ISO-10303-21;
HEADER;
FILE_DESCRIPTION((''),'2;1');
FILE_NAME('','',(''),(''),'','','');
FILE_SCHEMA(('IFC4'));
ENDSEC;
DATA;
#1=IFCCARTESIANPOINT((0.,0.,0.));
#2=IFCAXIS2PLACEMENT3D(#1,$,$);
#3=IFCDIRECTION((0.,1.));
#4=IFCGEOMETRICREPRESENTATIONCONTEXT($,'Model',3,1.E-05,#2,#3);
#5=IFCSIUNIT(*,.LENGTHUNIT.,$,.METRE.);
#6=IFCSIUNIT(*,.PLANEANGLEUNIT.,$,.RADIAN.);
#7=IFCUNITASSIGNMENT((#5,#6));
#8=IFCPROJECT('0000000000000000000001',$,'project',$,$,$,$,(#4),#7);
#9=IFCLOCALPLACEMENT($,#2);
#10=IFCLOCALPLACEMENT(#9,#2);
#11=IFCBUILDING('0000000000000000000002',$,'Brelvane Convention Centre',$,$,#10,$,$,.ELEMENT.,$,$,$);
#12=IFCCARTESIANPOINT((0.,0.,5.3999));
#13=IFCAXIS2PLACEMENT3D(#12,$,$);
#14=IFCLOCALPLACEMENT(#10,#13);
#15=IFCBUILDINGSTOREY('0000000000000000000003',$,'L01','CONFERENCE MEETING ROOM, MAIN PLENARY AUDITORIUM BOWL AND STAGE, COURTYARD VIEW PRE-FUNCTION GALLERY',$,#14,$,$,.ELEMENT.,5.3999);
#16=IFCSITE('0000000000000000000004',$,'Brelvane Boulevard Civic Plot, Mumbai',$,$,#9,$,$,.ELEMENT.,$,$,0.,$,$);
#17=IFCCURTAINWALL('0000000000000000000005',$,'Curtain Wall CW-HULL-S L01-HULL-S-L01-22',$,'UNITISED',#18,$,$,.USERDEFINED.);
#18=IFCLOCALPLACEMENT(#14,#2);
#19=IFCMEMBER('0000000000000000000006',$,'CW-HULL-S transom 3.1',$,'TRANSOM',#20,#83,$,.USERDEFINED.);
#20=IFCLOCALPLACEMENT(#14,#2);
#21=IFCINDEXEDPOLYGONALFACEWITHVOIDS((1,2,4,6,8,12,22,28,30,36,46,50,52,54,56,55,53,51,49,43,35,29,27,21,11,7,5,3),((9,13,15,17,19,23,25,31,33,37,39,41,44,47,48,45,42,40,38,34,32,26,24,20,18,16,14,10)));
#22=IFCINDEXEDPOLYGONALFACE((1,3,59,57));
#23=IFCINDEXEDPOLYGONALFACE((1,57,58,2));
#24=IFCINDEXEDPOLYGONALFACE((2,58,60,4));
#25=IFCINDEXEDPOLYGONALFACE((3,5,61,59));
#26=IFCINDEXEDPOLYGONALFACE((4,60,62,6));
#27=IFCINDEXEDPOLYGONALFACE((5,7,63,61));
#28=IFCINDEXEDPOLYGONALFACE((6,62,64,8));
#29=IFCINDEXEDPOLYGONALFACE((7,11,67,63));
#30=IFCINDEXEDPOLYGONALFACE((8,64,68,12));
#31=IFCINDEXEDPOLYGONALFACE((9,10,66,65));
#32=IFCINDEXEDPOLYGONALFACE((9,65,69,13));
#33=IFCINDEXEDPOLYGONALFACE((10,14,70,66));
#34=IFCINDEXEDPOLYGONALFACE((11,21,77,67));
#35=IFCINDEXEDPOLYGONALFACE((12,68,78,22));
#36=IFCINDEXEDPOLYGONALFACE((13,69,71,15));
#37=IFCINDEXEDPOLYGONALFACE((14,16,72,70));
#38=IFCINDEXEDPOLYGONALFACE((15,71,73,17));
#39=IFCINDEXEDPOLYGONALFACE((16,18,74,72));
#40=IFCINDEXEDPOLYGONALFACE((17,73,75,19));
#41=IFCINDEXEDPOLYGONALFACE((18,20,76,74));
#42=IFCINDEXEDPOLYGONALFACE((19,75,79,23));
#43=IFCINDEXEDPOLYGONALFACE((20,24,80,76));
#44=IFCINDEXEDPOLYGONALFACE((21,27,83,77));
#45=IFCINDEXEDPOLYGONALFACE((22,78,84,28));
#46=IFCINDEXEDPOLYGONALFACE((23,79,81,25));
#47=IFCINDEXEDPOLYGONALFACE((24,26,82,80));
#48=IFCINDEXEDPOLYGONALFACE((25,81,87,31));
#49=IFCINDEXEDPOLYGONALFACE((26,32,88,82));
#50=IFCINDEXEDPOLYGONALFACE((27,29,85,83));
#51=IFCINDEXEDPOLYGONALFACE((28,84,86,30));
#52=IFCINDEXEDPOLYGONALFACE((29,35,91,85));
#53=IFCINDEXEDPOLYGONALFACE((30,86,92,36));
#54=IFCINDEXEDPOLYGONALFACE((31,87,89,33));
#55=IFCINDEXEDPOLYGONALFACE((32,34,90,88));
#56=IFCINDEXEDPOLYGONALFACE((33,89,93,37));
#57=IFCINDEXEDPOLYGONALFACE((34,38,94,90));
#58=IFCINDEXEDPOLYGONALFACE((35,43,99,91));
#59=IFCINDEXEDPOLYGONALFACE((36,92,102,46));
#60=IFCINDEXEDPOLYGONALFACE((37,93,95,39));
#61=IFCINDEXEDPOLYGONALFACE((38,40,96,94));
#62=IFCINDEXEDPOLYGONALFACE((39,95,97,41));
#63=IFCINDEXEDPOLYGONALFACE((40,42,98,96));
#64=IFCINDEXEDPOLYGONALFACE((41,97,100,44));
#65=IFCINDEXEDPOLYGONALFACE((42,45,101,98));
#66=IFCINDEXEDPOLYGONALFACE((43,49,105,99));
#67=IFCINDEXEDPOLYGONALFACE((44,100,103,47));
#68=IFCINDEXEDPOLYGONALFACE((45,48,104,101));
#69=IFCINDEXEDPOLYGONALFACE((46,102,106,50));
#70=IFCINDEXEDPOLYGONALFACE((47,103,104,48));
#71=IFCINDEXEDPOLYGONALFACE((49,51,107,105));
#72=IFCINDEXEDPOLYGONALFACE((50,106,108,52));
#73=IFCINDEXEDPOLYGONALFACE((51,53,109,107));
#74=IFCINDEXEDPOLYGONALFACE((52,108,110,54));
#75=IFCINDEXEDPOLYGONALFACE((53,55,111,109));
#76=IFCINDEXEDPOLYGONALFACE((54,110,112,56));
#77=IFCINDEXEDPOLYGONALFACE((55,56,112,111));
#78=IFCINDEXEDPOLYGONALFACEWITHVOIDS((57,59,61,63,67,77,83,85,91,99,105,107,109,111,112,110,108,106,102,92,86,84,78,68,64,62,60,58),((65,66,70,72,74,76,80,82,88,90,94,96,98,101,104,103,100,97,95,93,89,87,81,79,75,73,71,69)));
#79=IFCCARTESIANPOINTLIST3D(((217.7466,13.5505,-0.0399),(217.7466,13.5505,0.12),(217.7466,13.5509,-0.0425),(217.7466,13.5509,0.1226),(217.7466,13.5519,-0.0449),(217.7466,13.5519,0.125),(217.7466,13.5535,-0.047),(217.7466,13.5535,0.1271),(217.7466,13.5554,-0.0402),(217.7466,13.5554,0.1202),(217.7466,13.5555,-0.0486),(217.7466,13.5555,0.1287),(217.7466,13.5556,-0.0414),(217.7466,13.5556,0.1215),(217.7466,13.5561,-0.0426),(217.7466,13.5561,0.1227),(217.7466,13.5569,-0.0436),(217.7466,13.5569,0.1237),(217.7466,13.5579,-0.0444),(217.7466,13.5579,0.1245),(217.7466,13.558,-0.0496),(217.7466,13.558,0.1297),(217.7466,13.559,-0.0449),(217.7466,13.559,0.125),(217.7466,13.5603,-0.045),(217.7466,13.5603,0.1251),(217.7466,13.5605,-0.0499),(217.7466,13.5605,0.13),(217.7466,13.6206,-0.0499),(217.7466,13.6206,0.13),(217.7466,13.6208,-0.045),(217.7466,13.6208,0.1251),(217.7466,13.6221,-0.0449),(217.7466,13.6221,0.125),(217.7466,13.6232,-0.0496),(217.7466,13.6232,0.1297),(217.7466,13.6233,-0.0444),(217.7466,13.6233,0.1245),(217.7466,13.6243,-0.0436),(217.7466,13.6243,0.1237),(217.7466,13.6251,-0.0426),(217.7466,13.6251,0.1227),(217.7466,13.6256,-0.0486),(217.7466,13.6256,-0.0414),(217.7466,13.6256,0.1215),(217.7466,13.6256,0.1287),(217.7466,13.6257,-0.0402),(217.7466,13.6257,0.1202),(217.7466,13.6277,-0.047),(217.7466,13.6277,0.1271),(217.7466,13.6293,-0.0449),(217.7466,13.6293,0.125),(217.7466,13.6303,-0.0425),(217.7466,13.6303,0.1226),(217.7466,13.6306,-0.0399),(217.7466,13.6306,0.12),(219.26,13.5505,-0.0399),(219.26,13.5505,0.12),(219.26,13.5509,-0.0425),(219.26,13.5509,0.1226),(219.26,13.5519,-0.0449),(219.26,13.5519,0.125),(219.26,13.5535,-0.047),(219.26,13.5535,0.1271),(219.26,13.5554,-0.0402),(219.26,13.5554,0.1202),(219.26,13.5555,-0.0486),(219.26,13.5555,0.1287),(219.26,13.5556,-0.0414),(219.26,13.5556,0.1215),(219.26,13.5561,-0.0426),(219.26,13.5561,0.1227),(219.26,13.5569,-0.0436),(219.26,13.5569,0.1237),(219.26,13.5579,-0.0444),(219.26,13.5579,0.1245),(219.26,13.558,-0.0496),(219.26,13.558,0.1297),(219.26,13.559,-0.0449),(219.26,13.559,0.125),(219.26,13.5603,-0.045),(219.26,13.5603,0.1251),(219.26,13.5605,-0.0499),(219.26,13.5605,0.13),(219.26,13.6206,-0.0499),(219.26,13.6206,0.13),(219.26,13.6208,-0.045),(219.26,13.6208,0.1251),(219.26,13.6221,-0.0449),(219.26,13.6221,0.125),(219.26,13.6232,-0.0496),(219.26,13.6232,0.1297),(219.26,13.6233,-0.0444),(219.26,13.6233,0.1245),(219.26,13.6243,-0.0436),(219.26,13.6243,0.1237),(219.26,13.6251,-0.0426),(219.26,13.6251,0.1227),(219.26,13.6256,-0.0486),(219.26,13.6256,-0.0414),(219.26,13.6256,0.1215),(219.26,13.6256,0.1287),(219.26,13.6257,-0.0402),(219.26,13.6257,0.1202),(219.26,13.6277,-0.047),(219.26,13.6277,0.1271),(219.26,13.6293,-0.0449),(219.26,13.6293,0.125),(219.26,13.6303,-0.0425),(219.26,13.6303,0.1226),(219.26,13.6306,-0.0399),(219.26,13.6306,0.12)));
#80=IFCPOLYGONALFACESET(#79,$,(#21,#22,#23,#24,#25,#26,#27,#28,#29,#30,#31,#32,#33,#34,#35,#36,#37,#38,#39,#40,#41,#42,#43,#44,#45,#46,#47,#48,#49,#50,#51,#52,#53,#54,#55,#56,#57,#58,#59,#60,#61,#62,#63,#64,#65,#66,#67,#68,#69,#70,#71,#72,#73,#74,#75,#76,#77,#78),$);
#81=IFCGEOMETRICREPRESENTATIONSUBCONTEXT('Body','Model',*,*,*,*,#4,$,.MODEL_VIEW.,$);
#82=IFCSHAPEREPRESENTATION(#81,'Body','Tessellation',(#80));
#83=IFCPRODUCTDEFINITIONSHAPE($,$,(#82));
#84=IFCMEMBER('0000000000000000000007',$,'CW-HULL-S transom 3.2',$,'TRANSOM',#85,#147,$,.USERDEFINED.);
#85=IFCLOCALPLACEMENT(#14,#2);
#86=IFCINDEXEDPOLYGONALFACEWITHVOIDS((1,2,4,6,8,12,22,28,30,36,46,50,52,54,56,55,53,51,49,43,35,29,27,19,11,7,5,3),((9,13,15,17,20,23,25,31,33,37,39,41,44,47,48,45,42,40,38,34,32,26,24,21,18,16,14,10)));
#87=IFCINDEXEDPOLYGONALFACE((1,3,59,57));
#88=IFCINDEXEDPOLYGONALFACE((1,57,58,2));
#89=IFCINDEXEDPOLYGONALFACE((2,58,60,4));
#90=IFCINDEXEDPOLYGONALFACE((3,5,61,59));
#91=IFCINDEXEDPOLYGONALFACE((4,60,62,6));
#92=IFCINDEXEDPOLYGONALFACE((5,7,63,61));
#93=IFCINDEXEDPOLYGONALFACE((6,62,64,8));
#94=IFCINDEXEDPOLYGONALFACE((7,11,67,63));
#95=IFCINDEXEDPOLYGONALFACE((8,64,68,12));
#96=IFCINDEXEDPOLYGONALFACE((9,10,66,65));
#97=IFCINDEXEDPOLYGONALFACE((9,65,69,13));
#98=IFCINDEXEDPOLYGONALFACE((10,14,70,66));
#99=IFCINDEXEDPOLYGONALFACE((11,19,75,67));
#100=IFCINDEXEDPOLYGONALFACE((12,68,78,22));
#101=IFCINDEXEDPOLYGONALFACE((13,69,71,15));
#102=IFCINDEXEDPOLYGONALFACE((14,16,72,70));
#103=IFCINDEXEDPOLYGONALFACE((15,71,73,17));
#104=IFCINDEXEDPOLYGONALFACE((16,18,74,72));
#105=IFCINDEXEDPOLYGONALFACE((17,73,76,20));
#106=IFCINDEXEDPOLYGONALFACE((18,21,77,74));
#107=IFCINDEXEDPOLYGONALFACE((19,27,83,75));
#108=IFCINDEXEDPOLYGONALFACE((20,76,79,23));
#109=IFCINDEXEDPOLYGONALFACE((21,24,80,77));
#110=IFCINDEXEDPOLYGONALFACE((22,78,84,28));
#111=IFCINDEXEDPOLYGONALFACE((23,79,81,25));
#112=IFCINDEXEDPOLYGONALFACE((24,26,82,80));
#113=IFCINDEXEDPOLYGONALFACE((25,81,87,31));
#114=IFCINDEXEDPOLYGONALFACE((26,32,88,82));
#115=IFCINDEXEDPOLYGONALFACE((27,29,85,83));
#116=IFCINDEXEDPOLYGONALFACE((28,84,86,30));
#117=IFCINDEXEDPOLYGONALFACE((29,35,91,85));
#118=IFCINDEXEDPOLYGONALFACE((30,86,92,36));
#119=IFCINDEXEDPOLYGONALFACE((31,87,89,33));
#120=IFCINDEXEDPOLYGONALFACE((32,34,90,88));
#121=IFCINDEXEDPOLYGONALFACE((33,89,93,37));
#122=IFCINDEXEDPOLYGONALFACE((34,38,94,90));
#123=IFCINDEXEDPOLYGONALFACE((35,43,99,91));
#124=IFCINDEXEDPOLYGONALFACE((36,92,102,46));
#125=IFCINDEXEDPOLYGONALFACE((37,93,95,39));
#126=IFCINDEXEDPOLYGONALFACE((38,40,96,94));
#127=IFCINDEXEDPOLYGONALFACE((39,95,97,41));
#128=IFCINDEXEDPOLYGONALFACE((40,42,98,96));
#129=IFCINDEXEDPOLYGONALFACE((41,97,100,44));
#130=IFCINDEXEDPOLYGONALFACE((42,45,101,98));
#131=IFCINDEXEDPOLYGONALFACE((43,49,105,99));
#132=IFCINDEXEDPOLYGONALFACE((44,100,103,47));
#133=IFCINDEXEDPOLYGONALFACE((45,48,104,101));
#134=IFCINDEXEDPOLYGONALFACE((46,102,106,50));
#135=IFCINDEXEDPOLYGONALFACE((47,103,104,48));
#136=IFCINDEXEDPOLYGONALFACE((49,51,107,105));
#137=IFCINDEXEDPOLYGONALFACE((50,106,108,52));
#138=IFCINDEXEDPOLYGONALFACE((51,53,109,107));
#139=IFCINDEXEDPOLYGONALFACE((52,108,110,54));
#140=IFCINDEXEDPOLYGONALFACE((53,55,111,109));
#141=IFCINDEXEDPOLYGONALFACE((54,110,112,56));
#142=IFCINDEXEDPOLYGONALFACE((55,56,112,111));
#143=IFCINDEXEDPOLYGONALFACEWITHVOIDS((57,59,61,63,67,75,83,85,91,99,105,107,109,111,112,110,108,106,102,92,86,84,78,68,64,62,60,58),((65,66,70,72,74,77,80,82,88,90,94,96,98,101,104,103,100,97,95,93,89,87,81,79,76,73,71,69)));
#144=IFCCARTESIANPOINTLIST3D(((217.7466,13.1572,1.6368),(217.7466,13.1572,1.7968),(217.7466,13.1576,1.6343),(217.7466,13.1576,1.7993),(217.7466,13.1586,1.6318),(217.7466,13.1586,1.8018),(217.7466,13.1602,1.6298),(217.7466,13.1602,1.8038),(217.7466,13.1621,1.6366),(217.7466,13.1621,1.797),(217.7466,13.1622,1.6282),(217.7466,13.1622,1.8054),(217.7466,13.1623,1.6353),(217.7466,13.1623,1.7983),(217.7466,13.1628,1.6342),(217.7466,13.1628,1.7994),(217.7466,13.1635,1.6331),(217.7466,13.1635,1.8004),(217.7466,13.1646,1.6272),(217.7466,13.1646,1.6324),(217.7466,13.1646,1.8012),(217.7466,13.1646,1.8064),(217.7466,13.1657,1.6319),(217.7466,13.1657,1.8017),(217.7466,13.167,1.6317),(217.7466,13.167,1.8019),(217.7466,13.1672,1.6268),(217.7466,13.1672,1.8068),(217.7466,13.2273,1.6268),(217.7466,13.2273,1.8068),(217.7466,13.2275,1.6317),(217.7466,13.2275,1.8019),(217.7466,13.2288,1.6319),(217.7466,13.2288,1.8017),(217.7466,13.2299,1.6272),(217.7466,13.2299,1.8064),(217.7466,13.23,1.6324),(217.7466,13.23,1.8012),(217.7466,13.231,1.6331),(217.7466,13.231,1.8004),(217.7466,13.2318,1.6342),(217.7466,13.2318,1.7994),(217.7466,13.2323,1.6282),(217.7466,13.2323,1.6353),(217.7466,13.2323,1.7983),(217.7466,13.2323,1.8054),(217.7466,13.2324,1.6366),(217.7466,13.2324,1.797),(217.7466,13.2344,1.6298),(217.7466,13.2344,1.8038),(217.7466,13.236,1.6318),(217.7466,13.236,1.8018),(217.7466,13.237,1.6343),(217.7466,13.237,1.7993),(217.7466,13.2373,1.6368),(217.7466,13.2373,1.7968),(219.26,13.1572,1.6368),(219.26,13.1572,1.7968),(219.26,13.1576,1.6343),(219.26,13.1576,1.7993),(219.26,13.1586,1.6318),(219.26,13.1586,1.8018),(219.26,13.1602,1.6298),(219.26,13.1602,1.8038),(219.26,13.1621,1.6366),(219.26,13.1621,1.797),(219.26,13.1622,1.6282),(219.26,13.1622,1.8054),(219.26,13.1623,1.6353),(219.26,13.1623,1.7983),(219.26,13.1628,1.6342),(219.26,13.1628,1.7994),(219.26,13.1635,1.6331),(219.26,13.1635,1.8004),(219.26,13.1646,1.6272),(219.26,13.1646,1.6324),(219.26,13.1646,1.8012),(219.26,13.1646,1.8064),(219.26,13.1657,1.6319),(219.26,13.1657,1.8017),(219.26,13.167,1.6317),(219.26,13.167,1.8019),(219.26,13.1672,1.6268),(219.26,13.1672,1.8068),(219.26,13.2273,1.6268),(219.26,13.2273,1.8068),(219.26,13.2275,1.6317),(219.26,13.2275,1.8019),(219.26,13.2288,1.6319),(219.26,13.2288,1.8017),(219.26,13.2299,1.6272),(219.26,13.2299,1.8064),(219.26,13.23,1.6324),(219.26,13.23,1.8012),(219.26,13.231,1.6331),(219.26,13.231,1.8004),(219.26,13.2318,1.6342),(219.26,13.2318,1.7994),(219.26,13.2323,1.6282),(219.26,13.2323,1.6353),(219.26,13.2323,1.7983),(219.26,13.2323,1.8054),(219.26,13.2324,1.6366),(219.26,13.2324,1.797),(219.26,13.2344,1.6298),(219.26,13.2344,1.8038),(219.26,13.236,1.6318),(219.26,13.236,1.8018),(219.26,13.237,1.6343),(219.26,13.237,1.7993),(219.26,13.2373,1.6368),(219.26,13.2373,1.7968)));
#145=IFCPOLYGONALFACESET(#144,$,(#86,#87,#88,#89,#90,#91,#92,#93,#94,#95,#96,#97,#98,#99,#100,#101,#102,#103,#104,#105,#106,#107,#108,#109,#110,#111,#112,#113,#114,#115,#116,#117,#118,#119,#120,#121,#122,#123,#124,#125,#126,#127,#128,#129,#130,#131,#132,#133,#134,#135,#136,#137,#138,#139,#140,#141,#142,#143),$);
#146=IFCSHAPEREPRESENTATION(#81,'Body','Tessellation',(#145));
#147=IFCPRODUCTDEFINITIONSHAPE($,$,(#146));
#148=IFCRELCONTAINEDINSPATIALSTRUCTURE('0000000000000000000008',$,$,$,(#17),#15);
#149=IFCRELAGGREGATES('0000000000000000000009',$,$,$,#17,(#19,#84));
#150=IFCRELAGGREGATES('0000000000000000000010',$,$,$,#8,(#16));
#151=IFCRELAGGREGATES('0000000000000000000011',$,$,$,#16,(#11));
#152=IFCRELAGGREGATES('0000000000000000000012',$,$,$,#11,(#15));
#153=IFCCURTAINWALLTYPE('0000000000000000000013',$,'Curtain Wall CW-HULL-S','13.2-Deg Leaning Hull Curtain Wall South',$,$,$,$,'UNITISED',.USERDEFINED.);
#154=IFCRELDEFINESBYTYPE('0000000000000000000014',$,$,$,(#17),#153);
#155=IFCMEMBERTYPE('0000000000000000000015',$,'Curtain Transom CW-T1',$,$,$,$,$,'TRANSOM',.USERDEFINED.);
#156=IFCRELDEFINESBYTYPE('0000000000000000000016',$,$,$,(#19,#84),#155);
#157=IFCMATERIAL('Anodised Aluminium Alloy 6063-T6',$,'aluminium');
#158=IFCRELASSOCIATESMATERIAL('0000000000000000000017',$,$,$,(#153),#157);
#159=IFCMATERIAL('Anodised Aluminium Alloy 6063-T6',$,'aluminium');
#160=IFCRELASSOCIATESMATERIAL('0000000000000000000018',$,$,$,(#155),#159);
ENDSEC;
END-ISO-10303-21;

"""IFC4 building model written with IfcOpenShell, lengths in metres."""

from ifc_helpers import new_model, si_unit, direction, frame, origin, origin_2d, place, context, subcontext, project, spatial, hollow_rectangle, extrude, material, material_profile, profile_set, type_object, element, aggregate, save


model = new_model("IFC4")

# Units and contexts
model_context = context("Model", 3, precision=1e-05, world=origin(), true_north=direction((0.0, 1.0)))
body_context = subcontext(model_context, "Body", "Model", "MODEL_VIEW")
ifc_project = project(units=[si_unit("LENGTHUNIT", "METRE"), si_unit("PLANEANGLEUNIT", "RADIAN")], contexts=[model_context])

# Site, building, storey
site_placement = place(None, origin())
site = spatial("IfcSite", under=ifc_project, at=site_placement, Name="Brelvane Boulevard Civic Plot, Mumbai", CompositionType="ELEMENT", RefElevation=0.0)
building_placement = place(site_placement, origin())
building = spatial("IfcBuilding", under=site, at=building_placement, Name="Brelvane Convention Centre", CompositionType="ELEMENT")
storey_placement = place(building_placement, frame((0.0, 0.0, 5.3999)))
storey = spatial("IfcBuildingStorey", under=building, at=storey_placement, Name="L01", Description="CONFERENCE MEETING ROOM, MAIN PLENARY AUDITORIUM BOWL AND STAGE, COURTYARD VIEW PRE-FUNCTION GALLERY", CompositionType="ELEMENT", Elevation=5.3999)

# Curtain wall, members
ifc_material_1 = material(Name="Anodised Aluminium Alloy 6063-T6", Category="aluminium")
curtain_wall_type = type_object("IfcCurtainWallType", Name="Curtain Wall CW-HULL-S", Description="13.2-Deg Leaning Hull Curtain Wall South", ElementType="UNITISED", PredefinedType="USERDEFINED", material=ifc_material_1)
curtain_wall_placement = place(storey_placement, origin())
curtain_wall = element("IfcCurtainWall", 1, at=curtain_wall_placement, inside=storey, type_object=curtain_wall_type, Name="Curtain Wall CW-HULL-S L01-HULL-S-L01-22", ObjectType="UNITISED", PredefinedType="USERDEFINED")
ifc_material_2 = material(Name="Anodised Aluminium Alloy 6063-T6", Category="aluminium")
ifc_material_profile_1 = material_profile(ifc_material_2, hollow_rectangle(XDim=0.0801, YDim=0.1799, WallThickness=0.0049, InnerFilletRadius=0.0049, OuterFilletRadius=0.01, at=origin_2d()), Name="ALU-T 180x80x5.0")
ifc_profile_set_1 = profile_set([ifc_material_profile_1], Name="Anodised Aluminium Alloy 6063-T6")
member_type_1 = type_object("IfcMemberType", Name="Curtain Transom CW-T1", ElementType="TRANSOM", PredefinedType="USERDEFINED", material=ifc_profile_set_1)
member_1_placement = place(storey_placement, frame((217.7466, 13.5906, 0.04), z_axis=(1.0, 0.0, 0.0), x_axis=(0.0, 1.0, 0.0)))
member_1 = element("IfcMember", 2, at=member_1_placement, type_object=member_type_1, Name="CW-HULL-S transom 3.1", ObjectType="TRANSOM", PredefinedType="USERDEFINED", context=body_context, shape_type="SweptSolid", body=[
    extrude(hollow_rectangle(XDim=0.0801, YDim=0.1799, WallThickness=0.0049, InnerFilletRadius=0.0049, OuterFilletRadius=0.01, at=origin_2d()), origin(), (0.0, 0.0, 1.0), 1.5134),
])
member_2_placement = place(storey_placement, frame((217.7466, 13.1973, 1.7168), z_axis=(1.0, 0.0, 0.0), x_axis=(0.0, 1.0, 0.0)))
member_2 = element("IfcMember", 3, at=member_2_placement, type_object=member_type_1, Name="CW-HULL-S transom 3.2", ObjectType="TRANSOM", PredefinedType="USERDEFINED", context=body_context, shape_type="SweptSolid", body=[
    extrude(hollow_rectangle(XDim=0.0801, YDim=0.1799, WallThickness=0.0049, InnerFilletRadius=0.0049, OuterFilletRadius=0.01, at=origin_2d()), origin(), (0.0, 0.0, 1.0), 1.5134),
])
aggregate(curtain_wall, [member_1, member_2])

save(model, "model.ifc")
